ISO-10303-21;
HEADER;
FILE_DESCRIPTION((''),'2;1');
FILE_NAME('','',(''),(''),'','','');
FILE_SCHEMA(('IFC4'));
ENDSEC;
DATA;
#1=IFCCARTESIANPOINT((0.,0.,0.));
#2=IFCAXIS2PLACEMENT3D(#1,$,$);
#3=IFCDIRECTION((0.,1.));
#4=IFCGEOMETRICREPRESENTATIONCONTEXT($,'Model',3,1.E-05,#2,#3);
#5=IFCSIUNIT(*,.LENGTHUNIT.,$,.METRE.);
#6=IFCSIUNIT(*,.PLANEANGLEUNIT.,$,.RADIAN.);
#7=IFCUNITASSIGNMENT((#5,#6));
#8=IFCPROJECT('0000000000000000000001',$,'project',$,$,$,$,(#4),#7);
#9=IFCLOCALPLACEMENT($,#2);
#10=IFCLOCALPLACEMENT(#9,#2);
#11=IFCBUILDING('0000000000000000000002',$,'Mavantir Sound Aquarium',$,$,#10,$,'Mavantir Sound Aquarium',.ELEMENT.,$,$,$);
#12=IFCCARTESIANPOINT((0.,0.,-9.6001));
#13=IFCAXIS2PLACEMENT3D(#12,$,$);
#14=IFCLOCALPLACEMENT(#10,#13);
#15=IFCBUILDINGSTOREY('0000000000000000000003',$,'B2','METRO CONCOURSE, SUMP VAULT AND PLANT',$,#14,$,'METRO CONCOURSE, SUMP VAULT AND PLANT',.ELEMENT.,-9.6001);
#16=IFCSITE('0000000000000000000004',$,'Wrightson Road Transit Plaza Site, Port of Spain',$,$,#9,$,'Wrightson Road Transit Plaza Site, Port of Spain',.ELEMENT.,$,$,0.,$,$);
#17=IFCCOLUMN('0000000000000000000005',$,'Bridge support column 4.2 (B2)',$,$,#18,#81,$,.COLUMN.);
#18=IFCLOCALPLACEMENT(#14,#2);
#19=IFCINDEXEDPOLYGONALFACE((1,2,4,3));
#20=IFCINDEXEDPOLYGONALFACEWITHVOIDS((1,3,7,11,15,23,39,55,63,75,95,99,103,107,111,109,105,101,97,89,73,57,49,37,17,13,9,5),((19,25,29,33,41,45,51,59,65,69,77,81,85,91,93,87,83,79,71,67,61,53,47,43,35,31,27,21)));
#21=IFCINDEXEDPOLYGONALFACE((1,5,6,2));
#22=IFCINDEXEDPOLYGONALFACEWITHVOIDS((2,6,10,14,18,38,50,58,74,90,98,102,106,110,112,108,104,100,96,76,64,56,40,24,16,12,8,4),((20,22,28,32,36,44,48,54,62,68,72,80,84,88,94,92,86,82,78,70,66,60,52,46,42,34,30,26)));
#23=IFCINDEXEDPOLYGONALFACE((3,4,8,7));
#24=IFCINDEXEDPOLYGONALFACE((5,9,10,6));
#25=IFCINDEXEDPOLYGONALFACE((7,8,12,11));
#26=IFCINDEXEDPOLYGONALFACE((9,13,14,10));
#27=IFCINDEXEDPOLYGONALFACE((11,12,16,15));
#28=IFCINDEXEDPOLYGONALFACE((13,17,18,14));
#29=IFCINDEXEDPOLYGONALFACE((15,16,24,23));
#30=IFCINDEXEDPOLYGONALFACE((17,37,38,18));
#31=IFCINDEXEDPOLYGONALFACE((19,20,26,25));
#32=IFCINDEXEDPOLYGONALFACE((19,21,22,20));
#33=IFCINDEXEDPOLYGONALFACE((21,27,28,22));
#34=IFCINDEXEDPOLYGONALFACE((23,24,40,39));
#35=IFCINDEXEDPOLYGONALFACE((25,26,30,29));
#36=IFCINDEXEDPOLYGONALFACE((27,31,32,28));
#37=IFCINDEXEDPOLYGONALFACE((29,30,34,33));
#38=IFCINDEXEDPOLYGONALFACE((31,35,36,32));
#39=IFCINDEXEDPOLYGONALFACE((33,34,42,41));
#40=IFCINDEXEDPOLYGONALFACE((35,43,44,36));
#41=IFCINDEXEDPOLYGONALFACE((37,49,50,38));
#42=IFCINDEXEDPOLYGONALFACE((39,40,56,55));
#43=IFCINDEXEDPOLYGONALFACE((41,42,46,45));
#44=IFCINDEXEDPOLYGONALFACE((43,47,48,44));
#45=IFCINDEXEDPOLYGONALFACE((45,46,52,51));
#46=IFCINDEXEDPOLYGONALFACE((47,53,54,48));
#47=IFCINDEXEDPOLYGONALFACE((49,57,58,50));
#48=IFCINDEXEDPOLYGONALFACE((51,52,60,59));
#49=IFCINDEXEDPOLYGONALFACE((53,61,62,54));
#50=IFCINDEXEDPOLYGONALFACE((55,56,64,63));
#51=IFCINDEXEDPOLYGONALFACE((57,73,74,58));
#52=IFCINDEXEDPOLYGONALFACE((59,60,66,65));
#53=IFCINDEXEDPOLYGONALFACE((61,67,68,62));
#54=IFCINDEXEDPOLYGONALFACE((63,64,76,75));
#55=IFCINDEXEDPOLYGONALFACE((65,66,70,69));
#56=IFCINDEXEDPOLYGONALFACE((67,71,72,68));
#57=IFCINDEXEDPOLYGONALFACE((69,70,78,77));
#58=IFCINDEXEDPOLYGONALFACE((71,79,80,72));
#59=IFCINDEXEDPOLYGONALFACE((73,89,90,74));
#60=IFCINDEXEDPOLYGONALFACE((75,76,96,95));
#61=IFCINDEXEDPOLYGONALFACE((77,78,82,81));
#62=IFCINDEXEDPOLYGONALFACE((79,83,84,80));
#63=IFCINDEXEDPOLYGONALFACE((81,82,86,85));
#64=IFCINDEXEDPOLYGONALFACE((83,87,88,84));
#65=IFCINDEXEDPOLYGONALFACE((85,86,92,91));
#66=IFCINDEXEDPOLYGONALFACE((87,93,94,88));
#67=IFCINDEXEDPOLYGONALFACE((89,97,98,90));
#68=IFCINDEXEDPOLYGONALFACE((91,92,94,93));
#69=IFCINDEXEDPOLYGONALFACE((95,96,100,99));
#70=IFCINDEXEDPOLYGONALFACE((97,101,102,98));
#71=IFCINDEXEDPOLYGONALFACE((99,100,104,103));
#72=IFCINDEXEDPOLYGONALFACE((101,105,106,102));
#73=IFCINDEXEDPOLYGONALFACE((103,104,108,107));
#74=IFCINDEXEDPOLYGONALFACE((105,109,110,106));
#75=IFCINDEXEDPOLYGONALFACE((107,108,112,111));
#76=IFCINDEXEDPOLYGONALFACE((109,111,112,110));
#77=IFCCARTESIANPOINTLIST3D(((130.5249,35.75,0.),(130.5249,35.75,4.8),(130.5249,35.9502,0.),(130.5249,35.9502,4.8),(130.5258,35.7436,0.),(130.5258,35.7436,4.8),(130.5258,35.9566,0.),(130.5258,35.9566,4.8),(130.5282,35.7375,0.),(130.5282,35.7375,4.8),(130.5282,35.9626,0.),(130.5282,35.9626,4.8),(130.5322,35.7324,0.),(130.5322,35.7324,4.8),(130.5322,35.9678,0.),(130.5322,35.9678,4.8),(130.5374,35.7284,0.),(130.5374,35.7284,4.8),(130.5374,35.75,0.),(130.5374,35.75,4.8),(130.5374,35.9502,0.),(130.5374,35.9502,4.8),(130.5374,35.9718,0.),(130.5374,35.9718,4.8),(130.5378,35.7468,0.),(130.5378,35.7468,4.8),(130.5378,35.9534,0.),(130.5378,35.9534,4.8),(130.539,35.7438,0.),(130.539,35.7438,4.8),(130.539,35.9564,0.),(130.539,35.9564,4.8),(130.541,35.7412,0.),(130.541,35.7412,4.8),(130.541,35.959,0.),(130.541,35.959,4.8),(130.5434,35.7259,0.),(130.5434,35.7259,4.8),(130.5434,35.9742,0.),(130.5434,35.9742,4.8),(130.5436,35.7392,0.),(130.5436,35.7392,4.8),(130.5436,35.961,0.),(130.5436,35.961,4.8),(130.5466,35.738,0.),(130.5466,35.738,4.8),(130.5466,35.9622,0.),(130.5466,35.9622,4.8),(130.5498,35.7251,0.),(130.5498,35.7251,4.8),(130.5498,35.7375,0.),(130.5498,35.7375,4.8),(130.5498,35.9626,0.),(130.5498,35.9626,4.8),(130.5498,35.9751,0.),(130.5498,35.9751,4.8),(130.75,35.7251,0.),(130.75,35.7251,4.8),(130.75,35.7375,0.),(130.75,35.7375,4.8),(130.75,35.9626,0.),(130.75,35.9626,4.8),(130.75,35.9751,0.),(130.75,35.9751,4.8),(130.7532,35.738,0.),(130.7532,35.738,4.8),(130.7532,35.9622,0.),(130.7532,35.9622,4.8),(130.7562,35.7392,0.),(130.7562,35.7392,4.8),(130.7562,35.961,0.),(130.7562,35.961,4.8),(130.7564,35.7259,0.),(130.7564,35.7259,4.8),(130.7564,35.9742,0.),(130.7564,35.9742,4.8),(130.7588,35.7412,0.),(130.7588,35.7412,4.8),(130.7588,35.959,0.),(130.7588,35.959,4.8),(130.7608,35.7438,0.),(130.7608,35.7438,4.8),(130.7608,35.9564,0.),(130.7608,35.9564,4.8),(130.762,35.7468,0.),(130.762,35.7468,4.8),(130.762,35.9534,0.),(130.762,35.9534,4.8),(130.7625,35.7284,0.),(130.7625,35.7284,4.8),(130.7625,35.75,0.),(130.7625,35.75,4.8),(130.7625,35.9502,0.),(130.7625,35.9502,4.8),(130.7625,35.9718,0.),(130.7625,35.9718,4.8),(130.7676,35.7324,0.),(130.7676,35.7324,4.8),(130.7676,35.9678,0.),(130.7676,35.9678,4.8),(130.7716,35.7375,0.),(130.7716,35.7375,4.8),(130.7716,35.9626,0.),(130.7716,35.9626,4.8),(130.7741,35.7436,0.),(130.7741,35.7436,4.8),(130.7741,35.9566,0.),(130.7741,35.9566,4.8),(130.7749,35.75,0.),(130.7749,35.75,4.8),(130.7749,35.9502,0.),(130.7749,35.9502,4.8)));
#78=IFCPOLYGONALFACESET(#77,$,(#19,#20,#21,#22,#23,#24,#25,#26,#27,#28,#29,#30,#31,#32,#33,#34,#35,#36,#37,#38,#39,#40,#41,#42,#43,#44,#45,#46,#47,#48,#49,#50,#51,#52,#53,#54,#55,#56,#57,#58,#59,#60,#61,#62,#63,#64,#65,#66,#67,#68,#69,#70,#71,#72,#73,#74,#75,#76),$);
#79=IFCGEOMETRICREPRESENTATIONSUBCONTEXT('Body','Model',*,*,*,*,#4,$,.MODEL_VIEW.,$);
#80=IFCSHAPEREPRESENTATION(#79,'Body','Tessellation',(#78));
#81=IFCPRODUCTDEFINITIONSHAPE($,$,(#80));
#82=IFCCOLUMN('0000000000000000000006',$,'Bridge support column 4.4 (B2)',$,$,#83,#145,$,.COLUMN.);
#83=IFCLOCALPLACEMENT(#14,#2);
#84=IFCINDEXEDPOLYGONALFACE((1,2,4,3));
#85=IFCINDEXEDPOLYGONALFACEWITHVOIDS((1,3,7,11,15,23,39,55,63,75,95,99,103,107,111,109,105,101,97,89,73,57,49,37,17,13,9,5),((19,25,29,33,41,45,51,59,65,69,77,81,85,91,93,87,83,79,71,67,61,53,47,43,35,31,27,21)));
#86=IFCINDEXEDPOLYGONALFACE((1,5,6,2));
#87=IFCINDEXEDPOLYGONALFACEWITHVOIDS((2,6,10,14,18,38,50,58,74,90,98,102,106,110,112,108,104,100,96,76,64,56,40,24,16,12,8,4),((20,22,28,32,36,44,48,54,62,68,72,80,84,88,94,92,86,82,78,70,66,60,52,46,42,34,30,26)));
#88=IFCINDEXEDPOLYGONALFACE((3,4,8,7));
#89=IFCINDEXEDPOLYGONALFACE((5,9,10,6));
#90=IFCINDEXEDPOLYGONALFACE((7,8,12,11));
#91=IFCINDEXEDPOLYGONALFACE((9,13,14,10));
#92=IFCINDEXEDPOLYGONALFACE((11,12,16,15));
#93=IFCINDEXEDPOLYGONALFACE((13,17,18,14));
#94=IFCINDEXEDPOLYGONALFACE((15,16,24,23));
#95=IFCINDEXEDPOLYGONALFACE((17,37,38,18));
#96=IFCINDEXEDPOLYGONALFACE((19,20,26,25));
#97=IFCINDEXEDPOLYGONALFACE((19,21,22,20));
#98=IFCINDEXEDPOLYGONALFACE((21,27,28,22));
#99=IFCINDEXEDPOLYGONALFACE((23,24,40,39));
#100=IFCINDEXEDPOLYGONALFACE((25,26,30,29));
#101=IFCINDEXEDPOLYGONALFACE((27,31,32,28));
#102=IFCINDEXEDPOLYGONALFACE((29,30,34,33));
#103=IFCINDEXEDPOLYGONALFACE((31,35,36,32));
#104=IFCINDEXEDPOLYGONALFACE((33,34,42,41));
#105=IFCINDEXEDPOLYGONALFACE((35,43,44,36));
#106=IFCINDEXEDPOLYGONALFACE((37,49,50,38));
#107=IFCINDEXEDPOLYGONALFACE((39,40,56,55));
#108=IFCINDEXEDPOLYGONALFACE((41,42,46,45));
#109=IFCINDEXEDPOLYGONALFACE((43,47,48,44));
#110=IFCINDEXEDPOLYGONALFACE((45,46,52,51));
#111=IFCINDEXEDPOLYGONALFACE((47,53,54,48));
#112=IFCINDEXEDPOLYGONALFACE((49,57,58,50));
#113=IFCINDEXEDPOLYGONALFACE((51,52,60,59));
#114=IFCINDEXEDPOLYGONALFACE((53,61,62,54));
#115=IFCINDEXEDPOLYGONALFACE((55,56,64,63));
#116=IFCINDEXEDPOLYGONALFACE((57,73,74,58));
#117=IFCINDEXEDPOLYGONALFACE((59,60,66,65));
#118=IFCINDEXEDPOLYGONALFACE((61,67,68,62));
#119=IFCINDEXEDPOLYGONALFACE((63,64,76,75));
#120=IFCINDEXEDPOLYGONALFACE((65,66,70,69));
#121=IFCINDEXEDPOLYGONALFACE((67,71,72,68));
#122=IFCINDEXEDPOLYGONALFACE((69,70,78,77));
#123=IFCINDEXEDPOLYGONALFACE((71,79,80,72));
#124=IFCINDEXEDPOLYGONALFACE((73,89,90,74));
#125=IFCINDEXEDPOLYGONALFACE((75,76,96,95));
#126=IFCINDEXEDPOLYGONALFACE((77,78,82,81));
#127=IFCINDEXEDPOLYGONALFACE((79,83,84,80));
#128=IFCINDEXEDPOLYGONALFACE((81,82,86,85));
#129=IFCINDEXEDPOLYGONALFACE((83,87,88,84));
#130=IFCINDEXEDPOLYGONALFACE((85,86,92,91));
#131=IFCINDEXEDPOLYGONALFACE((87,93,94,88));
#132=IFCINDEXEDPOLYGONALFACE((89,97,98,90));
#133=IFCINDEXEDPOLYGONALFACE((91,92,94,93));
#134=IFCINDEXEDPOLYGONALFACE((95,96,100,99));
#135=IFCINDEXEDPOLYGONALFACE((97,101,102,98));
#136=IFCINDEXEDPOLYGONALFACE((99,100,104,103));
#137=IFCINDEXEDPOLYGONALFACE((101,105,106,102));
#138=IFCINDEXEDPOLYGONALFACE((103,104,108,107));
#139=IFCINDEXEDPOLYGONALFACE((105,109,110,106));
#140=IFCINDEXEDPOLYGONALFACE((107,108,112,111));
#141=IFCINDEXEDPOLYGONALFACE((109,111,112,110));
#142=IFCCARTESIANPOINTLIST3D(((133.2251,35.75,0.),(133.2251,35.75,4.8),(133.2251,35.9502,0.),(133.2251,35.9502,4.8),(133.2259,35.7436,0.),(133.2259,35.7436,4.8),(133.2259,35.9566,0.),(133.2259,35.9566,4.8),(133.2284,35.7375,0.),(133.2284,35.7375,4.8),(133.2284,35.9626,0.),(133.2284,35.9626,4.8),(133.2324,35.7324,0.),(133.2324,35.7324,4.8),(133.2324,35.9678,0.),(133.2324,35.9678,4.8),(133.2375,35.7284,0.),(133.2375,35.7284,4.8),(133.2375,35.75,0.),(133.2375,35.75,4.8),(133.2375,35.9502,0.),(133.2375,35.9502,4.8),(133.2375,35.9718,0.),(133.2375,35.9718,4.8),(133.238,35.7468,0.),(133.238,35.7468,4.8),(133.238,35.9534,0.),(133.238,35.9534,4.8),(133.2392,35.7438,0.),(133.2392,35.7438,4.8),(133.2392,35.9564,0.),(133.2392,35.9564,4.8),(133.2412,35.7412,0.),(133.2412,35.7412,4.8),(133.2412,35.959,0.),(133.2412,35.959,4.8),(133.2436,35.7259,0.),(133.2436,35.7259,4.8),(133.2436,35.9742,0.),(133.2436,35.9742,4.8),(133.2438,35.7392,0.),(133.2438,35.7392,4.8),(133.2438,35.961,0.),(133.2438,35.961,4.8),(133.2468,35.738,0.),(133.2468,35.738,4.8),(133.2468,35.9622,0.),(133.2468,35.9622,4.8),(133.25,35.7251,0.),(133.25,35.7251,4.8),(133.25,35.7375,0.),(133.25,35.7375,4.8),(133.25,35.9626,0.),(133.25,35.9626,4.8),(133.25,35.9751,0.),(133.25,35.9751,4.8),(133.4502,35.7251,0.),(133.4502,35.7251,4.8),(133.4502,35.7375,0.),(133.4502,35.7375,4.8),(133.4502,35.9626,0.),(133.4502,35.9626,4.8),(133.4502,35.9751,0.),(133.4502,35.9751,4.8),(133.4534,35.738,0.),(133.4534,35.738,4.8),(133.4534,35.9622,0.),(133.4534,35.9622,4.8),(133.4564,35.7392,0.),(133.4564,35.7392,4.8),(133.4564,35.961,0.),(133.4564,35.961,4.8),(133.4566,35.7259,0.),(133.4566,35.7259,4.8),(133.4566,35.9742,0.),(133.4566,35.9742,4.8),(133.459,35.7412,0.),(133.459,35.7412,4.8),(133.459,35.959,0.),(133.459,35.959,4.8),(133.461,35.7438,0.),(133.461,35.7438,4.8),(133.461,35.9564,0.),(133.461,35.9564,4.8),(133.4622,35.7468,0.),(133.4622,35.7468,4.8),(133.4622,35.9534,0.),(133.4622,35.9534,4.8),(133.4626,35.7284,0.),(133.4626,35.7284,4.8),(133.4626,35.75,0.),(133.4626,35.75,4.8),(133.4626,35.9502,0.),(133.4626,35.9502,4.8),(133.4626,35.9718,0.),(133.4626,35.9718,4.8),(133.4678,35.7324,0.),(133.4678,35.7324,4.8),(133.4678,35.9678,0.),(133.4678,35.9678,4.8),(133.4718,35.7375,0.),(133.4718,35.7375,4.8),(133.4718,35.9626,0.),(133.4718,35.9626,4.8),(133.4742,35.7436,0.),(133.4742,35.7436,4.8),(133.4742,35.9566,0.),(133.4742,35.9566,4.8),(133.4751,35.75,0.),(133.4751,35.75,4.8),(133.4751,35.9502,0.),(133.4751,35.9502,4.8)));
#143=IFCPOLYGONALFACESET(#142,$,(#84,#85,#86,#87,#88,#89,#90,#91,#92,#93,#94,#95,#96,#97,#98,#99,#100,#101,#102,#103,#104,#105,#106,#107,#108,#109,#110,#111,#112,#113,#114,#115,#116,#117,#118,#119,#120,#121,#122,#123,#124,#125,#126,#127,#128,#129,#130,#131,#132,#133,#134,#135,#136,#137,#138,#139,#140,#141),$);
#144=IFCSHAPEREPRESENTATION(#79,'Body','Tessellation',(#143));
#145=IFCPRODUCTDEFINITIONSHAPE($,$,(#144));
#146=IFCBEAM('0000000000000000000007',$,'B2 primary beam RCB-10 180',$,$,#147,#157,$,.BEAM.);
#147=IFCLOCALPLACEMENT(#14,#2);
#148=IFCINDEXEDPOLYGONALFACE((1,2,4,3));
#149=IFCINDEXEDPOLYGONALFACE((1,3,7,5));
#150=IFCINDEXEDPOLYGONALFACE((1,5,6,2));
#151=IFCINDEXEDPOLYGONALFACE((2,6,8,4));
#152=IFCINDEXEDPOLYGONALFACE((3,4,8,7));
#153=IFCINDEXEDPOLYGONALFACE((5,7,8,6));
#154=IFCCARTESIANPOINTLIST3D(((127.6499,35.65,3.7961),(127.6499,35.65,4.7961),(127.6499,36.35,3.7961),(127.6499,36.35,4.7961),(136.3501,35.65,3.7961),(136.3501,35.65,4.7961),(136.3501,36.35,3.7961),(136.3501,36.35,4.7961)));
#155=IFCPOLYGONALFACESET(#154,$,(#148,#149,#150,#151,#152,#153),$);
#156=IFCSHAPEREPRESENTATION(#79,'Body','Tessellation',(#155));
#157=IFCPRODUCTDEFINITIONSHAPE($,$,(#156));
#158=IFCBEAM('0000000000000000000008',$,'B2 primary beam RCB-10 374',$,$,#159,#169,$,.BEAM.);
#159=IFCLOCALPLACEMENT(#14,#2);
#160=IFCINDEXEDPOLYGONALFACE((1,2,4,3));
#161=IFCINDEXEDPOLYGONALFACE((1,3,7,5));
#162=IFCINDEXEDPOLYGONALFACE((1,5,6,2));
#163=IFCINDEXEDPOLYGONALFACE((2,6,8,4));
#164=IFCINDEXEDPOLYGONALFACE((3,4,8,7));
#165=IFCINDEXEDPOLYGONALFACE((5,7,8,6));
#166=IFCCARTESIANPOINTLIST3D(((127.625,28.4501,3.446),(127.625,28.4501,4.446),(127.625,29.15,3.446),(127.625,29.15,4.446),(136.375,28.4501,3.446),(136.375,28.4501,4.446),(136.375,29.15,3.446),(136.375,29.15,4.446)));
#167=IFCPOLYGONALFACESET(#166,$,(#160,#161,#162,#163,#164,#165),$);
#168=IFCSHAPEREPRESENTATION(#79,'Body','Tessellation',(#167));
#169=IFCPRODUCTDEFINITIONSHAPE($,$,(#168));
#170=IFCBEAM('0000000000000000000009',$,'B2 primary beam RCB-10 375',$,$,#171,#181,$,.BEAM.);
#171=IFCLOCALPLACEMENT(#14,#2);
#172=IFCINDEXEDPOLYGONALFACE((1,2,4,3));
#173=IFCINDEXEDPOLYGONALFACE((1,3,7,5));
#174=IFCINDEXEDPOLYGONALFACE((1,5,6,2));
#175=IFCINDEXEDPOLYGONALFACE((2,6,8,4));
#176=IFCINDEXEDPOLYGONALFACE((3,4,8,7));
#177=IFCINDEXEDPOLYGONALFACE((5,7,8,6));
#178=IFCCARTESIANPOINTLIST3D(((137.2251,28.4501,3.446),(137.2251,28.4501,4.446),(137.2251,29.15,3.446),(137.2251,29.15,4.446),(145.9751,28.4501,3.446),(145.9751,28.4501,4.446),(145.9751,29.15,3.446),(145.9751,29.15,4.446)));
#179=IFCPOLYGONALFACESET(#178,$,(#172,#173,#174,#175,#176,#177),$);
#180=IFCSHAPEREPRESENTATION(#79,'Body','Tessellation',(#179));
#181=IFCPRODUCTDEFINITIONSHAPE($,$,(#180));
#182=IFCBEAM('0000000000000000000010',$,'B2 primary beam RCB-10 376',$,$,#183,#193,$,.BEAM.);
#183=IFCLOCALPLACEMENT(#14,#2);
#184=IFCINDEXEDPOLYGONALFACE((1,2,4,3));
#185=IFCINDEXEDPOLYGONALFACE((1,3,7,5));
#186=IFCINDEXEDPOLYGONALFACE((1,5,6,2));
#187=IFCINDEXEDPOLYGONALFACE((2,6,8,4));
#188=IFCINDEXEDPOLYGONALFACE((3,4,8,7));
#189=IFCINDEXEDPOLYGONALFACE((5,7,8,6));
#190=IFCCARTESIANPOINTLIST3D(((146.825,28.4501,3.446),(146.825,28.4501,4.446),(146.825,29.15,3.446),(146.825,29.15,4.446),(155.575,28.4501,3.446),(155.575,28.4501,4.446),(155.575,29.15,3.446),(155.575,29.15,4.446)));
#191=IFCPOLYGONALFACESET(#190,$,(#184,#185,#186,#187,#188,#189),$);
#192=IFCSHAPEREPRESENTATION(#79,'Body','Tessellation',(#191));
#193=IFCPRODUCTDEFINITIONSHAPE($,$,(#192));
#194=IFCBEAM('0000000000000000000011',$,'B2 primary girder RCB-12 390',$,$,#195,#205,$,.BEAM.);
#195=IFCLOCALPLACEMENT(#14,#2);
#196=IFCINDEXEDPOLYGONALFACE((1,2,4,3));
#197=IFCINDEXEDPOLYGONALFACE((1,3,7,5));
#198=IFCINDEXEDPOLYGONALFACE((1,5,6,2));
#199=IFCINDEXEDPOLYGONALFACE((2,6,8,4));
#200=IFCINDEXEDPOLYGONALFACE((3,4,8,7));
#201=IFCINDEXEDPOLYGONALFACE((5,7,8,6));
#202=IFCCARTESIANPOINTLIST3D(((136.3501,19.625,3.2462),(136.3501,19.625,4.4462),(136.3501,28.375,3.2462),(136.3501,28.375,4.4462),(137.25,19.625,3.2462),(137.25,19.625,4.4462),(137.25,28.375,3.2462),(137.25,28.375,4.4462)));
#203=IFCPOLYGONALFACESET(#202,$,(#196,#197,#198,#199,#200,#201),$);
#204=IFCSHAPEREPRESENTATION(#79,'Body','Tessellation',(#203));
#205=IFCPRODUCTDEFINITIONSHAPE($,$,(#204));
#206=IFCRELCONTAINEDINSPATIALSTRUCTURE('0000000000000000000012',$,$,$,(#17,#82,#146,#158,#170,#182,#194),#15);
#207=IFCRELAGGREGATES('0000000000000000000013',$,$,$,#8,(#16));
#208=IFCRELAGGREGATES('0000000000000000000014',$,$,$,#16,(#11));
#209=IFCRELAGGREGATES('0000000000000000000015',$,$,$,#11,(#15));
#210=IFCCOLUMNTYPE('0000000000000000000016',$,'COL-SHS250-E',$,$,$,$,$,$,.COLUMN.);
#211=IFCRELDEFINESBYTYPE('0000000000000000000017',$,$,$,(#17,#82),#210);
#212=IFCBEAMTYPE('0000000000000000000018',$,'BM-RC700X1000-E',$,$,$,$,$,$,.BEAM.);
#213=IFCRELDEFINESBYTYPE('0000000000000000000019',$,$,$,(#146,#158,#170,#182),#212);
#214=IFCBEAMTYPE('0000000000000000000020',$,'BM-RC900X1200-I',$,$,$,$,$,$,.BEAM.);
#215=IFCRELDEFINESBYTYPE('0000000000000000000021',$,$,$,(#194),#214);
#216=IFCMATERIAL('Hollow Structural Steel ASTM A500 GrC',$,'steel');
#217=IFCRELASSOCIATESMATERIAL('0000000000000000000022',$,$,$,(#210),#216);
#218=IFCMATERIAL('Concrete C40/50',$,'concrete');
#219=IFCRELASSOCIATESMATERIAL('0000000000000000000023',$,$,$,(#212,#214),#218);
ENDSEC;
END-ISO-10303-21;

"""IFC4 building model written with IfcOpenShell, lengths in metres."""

from ifc_helpers import new_model, si_unit, direction, frame, origin, origin_2d, place, context, subcontext, project, spatial, rectangle, hollow_rectangle, extrude, material, material_profile, profile_set, type_object, element, save


model = new_model("IFC4")

# Units and contexts
model_context = context("Model", 3, precision=1e-05, world=origin(), true_north=direction((0.0, 1.0)))
body_context = subcontext(model_context, "Body", "Model", "MODEL_VIEW")
ifc_project = project(units=[si_unit("LENGTHUNIT", "METRE"), si_unit("PLANEANGLEUNIT", "RADIAN")], contexts=[model_context])

# Site, building, storey
site_placement = place(None, origin())
site = spatial("IfcSite", under=ifc_project, at=site_placement, Name="Wrightson Road Transit Plaza Site, Port of Spain", LongName="Wrightson Road Transit Plaza Site, Port of Spain", CompositionType="ELEMENT", RefElevation=0.0)
building_placement = place(site_placement, origin())
building = spatial("IfcBuilding", under=site, at=building_placement, Name="Mavantir Sound Aquarium", LongName="Mavantir Sound Aquarium", CompositionType="ELEMENT")
storey_placement = place(building_placement, frame((0.0, 0.0, -9.6001)))
storey = spatial("IfcBuildingStorey", under=building, at=storey_placement, Name="B2", Description="METRO CONCOURSE, SUMP VAULT AND PLANT", LongName="METRO CONCOURSE, SUMP VAULT AND PLANT", CompositionType="ELEMENT", Elevation=-9.6001)

# Shared definitions
ifc_material_1 = material(Name="Concrete C40/50", Category="concrete")

# Columns
ifc_material_2 = material(Name="Hollow Structural Steel ASTM A500 GrC", Category="steel")
ifc_material_profile_1 = material_profile(ifc_material_2, hollow_rectangle(XDim=0.25, YDim=0.25, WallThickness=0.0125, InnerFilletRadius=0.0125, OuterFilletRadius=0.0249, at=origin_2d()), Name="SHS 250X250X12.5")
ifc_profile_set_1 = profile_set([ifc_material_profile_1], Name="Hollow Structural Steel ASTM A500 GrC")
column_type_1 = type_object("IfcColumnType", Name="COL-SHS250-E", PredefinedType="COLUMN", material=ifc_profile_set_1)
for number, where, z_axis, x_axis, name in (
    (1, (130.6499, 35.8501, 0.0), (0.0, 0.0, 1.0), (1.0, 0.0, 0.0), "Bridge support column 4.2 (B2)"),
    (2, (133.3501, 35.8501, 0.0), (0.0, 0.0, 1.0), (1.0, 0.0, 0.0), "Bridge support column 4.4 (B2)"),
):
    element("IfcColumn", number, at=place(storey_placement, frame(where, z_axis=z_axis, x_axis=x_axis)), inside=storey, type_object=column_type_1, Name=name, PredefinedType="COLUMN", context=body_context, shape_type="SweptSolid", body=[
        extrude(hollow_rectangle(XDim=0.25, YDim=0.25, WallThickness=0.0125, InnerFilletRadius=0.0125, OuterFilletRadius=0.0249, at=origin_2d()), origin(), (0.0, 0.0, 1.0), 4.8),
    ])

# Beams
ifc_material_profile_2 = material_profile(ifc_material_1, rectangle(XDim=0.7, YDim=1.0, at=origin_2d()), Name="RC 700X1000")
ifc_profile_set_2 = profile_set([ifc_material_profile_2], Name="Concrete C40/50")
beam_type_1 = type_object("IfcBeamType", Name="BM-RC700X1000-E", PredefinedType="BEAM", material=ifc_profile_set_2)
beam_1_placement = place(storey_placement, frame((127.6499, 36.0, 4.2961), z_axis=(1.0, 0.0, 0.0), x_axis=(0.0, 1.0, 0.0)))
element("IfcBeam", 3, at=beam_1_placement, inside=storey, type_object=beam_type_1, Name="B2 primary beam RCB-10 180", PredefinedType="BEAM", context=body_context, shape_type="SweptSolid", body=[
    extrude(rectangle(XDim=0.7, YDim=1.0, at=origin_2d()), origin(), (0.0, 0.0, 1.0), 8.7002),
])
for number, where, z_axis, x_axis, name in (
    (4, (127.625, 28.8, 3.946), (1.0, 0.0, 0.0), (0.0, 1.0, 0.0), "B2 primary beam RCB-10 374"),
    (5, (137.2251, 28.8, 3.946), (1.0, 0.0, 0.0), (0.0, 1.0, 0.0), "B2 primary beam RCB-10 375"),
    (6, (146.825, 28.8, 3.946), (1.0, 0.0, 0.0), (0.0, 1.0, 0.0), "B2 primary beam RCB-10 376"),
):
    element("IfcBeam", number, at=place(storey_placement, frame(where, z_axis=z_axis, x_axis=x_axis)), inside=storey, type_object=beam_type_1, Name=name, PredefinedType="BEAM", context=body_context, shape_type="SweptSolid", body=[
        extrude(rectangle(XDim=0.7, YDim=1.0, at=origin_2d()), origin(), (0.0, 0.0, 1.0), 8.75),
    ])
ifc_material_profile_3 = material_profile(ifc_material_1, rectangle(XDim=0.8999, YDim=1.2, at=origin_2d()), Name="RC 900X1200")
ifc_profile_set_3 = profile_set([ifc_material_profile_3], Name="Concrete C40/50")
beam_type_2 = type_object("IfcBeamType", Name="BM-RC900X1200-I", PredefinedType="BEAM", material=ifc_profile_set_3)
for number, where, z_axis, x_axis, name in (
    (7, (136.8, 19.625, 3.8462), (0.0, 1.0, 0.0), (-1.0, 0.0, 0.0), "B2 primary girder RCB-12 390"),
):
    element("IfcBeam", number, at=place(storey_placement, frame(where, z_axis=z_axis, x_axis=x_axis)), inside=storey, type_object=beam_type_2, Name=name, PredefinedType="BEAM", context=body_context, shape_type="SweptSolid", body=[
        extrude(rectangle(XDim=0.8999, YDim=1.2, at=origin_2d()), origin(), (0.0, 0.0, 1.0), 8.75),
    ])

save(model, "model.ifc")
